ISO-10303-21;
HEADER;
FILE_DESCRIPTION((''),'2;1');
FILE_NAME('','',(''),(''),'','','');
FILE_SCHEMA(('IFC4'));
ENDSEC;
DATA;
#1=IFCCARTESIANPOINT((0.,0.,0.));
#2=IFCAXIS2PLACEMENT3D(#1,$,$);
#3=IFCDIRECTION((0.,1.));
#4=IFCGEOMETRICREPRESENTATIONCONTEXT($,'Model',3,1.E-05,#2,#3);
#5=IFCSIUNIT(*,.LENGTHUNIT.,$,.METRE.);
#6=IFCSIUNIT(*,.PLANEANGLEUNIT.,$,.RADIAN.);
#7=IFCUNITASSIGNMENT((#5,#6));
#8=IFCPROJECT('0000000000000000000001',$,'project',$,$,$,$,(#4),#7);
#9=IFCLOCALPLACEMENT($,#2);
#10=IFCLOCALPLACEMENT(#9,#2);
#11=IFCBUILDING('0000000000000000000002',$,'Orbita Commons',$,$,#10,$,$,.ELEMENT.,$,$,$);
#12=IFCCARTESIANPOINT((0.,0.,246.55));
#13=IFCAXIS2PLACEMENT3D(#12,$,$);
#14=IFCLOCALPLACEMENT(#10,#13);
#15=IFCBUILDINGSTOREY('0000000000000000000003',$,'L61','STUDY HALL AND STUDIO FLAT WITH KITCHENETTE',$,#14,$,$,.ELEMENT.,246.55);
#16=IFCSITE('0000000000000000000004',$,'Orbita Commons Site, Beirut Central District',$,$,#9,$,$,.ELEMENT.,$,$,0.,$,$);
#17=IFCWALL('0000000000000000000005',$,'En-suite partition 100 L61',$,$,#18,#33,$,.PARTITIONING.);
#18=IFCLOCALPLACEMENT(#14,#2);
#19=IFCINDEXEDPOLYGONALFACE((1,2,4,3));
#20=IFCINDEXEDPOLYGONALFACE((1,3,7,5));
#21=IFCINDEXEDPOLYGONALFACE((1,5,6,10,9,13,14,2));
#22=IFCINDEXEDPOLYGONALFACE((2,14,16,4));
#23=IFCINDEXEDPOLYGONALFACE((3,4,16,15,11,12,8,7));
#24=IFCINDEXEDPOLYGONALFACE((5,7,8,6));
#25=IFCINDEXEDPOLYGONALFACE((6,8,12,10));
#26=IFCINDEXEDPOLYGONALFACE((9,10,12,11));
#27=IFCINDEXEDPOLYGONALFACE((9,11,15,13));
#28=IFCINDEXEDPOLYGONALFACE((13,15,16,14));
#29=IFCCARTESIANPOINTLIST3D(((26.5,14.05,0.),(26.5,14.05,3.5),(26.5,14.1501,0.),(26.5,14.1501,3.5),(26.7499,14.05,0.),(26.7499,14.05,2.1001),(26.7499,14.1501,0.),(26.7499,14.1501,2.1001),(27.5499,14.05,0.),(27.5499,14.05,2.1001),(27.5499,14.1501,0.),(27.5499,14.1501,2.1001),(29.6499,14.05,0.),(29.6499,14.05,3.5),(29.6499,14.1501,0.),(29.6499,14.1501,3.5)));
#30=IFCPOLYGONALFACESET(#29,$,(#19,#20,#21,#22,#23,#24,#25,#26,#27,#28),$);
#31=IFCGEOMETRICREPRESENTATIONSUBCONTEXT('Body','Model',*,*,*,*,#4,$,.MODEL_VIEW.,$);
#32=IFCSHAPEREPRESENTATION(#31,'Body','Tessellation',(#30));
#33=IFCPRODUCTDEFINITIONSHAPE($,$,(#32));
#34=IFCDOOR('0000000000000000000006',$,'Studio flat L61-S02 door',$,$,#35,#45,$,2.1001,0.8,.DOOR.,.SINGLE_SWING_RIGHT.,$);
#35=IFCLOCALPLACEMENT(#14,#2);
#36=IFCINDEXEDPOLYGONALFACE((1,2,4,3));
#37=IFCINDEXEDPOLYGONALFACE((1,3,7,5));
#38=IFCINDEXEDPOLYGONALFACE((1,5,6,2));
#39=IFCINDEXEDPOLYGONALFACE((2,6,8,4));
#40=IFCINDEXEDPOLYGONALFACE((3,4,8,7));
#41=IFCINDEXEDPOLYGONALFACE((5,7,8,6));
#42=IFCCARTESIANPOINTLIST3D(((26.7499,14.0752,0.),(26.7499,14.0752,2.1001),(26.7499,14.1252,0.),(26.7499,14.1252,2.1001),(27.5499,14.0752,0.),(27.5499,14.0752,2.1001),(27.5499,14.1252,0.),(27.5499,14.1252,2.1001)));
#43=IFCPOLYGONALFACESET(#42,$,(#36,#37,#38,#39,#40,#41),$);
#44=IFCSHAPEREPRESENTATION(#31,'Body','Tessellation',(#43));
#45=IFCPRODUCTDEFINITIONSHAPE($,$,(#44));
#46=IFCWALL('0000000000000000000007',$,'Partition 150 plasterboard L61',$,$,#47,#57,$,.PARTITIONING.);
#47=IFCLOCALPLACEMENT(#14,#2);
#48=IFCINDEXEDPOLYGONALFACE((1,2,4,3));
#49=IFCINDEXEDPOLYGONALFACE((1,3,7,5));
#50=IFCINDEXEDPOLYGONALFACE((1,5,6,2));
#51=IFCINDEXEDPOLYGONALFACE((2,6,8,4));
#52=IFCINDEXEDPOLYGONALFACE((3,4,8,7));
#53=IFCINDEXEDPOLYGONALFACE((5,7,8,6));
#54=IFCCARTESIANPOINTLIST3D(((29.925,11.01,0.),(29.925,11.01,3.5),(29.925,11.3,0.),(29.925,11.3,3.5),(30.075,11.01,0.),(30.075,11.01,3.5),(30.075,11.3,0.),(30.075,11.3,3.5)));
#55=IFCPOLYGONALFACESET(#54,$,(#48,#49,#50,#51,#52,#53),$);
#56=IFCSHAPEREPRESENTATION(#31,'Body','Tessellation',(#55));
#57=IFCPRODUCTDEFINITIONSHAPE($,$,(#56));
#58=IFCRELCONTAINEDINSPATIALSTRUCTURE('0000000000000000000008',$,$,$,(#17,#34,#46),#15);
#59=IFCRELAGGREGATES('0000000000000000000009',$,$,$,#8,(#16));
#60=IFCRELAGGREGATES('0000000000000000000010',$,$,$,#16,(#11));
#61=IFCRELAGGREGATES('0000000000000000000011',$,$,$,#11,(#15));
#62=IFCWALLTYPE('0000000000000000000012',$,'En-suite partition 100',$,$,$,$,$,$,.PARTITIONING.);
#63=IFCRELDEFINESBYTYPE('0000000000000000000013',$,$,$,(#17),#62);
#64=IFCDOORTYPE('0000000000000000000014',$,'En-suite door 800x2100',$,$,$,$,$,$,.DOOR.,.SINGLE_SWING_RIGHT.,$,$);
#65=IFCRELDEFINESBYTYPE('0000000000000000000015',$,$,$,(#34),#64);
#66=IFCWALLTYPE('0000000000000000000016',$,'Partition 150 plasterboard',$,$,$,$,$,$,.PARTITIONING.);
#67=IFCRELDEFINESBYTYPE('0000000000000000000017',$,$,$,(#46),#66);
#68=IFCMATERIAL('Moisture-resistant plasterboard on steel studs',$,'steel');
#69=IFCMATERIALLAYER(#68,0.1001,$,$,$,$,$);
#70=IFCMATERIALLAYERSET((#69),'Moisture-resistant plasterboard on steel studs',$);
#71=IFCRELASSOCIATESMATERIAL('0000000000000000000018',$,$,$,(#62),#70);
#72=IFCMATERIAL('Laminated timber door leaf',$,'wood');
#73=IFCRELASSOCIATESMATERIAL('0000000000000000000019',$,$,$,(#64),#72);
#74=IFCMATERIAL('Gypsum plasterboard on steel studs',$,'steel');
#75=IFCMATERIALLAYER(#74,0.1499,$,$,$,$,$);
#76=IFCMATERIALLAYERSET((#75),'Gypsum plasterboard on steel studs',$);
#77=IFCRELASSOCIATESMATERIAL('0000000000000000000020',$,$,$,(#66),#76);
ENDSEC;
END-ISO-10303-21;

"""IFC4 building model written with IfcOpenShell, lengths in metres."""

from ifc_helpers import new_model, si_unit, direction, frame, frame_2d, origin, place, context, subcontext, project, spatial, rectangle, extrude, material, layer, layer_set, type_object, element, fill, save


model = new_model("IFC4")

# Units and contexts
model_context = context("Model", 3, precision=1e-05, world=origin(), true_north=direction((0.0, 1.0)))
body_context = subcontext(model_context, "Body", "Model", "MODEL_VIEW")
ifc_project = project(units=[si_unit("LENGTHUNIT", "METRE"), si_unit("PLANEANGLEUNIT", "RADIAN")], contexts=[model_context])

# Site, building, storey
site_placement = place(None, origin())
site = spatial("IfcSite", under=ifc_project, at=site_placement, Name="Orbita Commons Site, Beirut Central District", CompositionType="ELEMENT", RefElevation=0.0)
building_placement = place(site_placement, origin())
building = spatial("IfcBuilding", under=site, at=building_placement, Name="Orbita Commons", CompositionType="ELEMENT")
storey_placement = place(building_placement, frame((0.0, 0.0, 246.55)))
storey = spatial("IfcBuildingStorey", under=building, at=storey_placement, Name="L61", Description="STUDY HALL AND STUDIO FLAT WITH KITCHENETTE", CompositionType="ELEMENT", Elevation=246.55)

# Wall, opening, door
ifc_material_1 = material(Name="Moisture-resistant plasterboard on steel studs", Category="steel")
ifc_layer_1 = layer(ifc_material_1, 0.1001)
ifc_layer_set_1 = layer_set([ifc_layer_1], Name="Moisture-resistant plasterboard on steel studs")
wall_type_1 = type_object("IfcWallType", Name="En-suite partition 100", PredefinedType="PARTITIONING", material=ifc_layer_set_1)
wall_1_placement = place(storey_placement, frame((29.6499, 14.1001, 0.0), z_axis=(0.0, 0.0, 1.0), x_axis=(-1.0, 0.0, 0.0)))
wall_1 = element("IfcWall", 1, at=wall_1_placement, inside=storey, type_object=wall_type_1, Name="En-suite partition 100 L61", PredefinedType="PARTITIONING", context=body_context, shape_type="SweptSolid", body=[
    extrude(rectangle(XDim=3.1499, YDim=0.1001, at=frame_2d((1.575, 0.0))), origin(), (0.0, 0.0, 1.0), 3.5),
])
opening_placement = place(wall_1_placement, frame((2.1001, 0.0, 0.0)))
opening = element("IfcOpeningElement", 2, at=opening_placement, cuts=wall_1, PredefinedType="OPENING", context=body_context, shape_type="SweptSolid", body=[
    extrude(rectangle(XDim=0.8, YDim=2.1001, at=frame_2d((0.3999, 1.05))), frame((0.0, 0.0601, 0.0), z_axis=(0.0, -1.0, 0.0), x_axis=(1.0, 0.0, 0.0)), (0.0, 0.0, 1.0), 0.1201),
])
ifc_material_2 = material(Name="Laminated timber door leaf", Category="wood")
door_type = type_object("IfcDoorType", Name="En-suite door 800x2100", OperationType="SINGLE_SWING_RIGHT", PredefinedType="DOOR", material=ifc_material_2)
door_placement = place(opening_placement, origin())
door = element("IfcDoor", 3, at=door_placement, inside=storey, type_object=door_type, Name="Studio flat L61-S02 door", OperationType="SINGLE_SWING_RIGHT", OverallHeight=2.1001, OverallWidth=0.8, PredefinedType="DOOR", context=body_context, shape_type="SweptSolid", body=[
    extrude(rectangle(XDim=0.8, YDim=2.1001, at=frame_2d((0.3999, 1.05))), frame((0.0, 0.0249, 0.0), z_axis=(0.0, -1.0, 0.0), x_axis=(1.0, 0.0, 0.0)), (0.0, 0.0, 1.0), 0.05),
])
fill(opening, door)

# Wall
ifc_material_3 = material(Name="Gypsum plasterboard on steel studs", Category="steel")
ifc_layer_2 = layer(ifc_material_3, 0.1499)
ifc_layer_set_2 = layer_set([ifc_layer_2], Name="Gypsum plasterboard on steel studs")
wall_type_2 = type_object("IfcWallType", Name="Partition 150 plasterboard", PredefinedType="PARTITIONING", material=ifc_layer_set_2)
wall_2_placement = place(storey_placement, frame((30.0, 11.3, 0.0), z_axis=(0.0, 0.0, 1.0), x_axis=(0.0, -1.0, 0.0)))
element("IfcWall", 4, at=wall_2_placement, inside=storey, type_object=wall_type_2, Name="Partition 150 plasterboard L61", PredefinedType="PARTITIONING", context=body_context, shape_type="SweptSolid", body=[
    extrude(rectangle(XDim=0.29, YDim=0.1499, at=frame_2d((0.145, 0.0))), origin(), (0.0, 0.0, 1.0), 3.5),
])

save(model, "model.ifc")
